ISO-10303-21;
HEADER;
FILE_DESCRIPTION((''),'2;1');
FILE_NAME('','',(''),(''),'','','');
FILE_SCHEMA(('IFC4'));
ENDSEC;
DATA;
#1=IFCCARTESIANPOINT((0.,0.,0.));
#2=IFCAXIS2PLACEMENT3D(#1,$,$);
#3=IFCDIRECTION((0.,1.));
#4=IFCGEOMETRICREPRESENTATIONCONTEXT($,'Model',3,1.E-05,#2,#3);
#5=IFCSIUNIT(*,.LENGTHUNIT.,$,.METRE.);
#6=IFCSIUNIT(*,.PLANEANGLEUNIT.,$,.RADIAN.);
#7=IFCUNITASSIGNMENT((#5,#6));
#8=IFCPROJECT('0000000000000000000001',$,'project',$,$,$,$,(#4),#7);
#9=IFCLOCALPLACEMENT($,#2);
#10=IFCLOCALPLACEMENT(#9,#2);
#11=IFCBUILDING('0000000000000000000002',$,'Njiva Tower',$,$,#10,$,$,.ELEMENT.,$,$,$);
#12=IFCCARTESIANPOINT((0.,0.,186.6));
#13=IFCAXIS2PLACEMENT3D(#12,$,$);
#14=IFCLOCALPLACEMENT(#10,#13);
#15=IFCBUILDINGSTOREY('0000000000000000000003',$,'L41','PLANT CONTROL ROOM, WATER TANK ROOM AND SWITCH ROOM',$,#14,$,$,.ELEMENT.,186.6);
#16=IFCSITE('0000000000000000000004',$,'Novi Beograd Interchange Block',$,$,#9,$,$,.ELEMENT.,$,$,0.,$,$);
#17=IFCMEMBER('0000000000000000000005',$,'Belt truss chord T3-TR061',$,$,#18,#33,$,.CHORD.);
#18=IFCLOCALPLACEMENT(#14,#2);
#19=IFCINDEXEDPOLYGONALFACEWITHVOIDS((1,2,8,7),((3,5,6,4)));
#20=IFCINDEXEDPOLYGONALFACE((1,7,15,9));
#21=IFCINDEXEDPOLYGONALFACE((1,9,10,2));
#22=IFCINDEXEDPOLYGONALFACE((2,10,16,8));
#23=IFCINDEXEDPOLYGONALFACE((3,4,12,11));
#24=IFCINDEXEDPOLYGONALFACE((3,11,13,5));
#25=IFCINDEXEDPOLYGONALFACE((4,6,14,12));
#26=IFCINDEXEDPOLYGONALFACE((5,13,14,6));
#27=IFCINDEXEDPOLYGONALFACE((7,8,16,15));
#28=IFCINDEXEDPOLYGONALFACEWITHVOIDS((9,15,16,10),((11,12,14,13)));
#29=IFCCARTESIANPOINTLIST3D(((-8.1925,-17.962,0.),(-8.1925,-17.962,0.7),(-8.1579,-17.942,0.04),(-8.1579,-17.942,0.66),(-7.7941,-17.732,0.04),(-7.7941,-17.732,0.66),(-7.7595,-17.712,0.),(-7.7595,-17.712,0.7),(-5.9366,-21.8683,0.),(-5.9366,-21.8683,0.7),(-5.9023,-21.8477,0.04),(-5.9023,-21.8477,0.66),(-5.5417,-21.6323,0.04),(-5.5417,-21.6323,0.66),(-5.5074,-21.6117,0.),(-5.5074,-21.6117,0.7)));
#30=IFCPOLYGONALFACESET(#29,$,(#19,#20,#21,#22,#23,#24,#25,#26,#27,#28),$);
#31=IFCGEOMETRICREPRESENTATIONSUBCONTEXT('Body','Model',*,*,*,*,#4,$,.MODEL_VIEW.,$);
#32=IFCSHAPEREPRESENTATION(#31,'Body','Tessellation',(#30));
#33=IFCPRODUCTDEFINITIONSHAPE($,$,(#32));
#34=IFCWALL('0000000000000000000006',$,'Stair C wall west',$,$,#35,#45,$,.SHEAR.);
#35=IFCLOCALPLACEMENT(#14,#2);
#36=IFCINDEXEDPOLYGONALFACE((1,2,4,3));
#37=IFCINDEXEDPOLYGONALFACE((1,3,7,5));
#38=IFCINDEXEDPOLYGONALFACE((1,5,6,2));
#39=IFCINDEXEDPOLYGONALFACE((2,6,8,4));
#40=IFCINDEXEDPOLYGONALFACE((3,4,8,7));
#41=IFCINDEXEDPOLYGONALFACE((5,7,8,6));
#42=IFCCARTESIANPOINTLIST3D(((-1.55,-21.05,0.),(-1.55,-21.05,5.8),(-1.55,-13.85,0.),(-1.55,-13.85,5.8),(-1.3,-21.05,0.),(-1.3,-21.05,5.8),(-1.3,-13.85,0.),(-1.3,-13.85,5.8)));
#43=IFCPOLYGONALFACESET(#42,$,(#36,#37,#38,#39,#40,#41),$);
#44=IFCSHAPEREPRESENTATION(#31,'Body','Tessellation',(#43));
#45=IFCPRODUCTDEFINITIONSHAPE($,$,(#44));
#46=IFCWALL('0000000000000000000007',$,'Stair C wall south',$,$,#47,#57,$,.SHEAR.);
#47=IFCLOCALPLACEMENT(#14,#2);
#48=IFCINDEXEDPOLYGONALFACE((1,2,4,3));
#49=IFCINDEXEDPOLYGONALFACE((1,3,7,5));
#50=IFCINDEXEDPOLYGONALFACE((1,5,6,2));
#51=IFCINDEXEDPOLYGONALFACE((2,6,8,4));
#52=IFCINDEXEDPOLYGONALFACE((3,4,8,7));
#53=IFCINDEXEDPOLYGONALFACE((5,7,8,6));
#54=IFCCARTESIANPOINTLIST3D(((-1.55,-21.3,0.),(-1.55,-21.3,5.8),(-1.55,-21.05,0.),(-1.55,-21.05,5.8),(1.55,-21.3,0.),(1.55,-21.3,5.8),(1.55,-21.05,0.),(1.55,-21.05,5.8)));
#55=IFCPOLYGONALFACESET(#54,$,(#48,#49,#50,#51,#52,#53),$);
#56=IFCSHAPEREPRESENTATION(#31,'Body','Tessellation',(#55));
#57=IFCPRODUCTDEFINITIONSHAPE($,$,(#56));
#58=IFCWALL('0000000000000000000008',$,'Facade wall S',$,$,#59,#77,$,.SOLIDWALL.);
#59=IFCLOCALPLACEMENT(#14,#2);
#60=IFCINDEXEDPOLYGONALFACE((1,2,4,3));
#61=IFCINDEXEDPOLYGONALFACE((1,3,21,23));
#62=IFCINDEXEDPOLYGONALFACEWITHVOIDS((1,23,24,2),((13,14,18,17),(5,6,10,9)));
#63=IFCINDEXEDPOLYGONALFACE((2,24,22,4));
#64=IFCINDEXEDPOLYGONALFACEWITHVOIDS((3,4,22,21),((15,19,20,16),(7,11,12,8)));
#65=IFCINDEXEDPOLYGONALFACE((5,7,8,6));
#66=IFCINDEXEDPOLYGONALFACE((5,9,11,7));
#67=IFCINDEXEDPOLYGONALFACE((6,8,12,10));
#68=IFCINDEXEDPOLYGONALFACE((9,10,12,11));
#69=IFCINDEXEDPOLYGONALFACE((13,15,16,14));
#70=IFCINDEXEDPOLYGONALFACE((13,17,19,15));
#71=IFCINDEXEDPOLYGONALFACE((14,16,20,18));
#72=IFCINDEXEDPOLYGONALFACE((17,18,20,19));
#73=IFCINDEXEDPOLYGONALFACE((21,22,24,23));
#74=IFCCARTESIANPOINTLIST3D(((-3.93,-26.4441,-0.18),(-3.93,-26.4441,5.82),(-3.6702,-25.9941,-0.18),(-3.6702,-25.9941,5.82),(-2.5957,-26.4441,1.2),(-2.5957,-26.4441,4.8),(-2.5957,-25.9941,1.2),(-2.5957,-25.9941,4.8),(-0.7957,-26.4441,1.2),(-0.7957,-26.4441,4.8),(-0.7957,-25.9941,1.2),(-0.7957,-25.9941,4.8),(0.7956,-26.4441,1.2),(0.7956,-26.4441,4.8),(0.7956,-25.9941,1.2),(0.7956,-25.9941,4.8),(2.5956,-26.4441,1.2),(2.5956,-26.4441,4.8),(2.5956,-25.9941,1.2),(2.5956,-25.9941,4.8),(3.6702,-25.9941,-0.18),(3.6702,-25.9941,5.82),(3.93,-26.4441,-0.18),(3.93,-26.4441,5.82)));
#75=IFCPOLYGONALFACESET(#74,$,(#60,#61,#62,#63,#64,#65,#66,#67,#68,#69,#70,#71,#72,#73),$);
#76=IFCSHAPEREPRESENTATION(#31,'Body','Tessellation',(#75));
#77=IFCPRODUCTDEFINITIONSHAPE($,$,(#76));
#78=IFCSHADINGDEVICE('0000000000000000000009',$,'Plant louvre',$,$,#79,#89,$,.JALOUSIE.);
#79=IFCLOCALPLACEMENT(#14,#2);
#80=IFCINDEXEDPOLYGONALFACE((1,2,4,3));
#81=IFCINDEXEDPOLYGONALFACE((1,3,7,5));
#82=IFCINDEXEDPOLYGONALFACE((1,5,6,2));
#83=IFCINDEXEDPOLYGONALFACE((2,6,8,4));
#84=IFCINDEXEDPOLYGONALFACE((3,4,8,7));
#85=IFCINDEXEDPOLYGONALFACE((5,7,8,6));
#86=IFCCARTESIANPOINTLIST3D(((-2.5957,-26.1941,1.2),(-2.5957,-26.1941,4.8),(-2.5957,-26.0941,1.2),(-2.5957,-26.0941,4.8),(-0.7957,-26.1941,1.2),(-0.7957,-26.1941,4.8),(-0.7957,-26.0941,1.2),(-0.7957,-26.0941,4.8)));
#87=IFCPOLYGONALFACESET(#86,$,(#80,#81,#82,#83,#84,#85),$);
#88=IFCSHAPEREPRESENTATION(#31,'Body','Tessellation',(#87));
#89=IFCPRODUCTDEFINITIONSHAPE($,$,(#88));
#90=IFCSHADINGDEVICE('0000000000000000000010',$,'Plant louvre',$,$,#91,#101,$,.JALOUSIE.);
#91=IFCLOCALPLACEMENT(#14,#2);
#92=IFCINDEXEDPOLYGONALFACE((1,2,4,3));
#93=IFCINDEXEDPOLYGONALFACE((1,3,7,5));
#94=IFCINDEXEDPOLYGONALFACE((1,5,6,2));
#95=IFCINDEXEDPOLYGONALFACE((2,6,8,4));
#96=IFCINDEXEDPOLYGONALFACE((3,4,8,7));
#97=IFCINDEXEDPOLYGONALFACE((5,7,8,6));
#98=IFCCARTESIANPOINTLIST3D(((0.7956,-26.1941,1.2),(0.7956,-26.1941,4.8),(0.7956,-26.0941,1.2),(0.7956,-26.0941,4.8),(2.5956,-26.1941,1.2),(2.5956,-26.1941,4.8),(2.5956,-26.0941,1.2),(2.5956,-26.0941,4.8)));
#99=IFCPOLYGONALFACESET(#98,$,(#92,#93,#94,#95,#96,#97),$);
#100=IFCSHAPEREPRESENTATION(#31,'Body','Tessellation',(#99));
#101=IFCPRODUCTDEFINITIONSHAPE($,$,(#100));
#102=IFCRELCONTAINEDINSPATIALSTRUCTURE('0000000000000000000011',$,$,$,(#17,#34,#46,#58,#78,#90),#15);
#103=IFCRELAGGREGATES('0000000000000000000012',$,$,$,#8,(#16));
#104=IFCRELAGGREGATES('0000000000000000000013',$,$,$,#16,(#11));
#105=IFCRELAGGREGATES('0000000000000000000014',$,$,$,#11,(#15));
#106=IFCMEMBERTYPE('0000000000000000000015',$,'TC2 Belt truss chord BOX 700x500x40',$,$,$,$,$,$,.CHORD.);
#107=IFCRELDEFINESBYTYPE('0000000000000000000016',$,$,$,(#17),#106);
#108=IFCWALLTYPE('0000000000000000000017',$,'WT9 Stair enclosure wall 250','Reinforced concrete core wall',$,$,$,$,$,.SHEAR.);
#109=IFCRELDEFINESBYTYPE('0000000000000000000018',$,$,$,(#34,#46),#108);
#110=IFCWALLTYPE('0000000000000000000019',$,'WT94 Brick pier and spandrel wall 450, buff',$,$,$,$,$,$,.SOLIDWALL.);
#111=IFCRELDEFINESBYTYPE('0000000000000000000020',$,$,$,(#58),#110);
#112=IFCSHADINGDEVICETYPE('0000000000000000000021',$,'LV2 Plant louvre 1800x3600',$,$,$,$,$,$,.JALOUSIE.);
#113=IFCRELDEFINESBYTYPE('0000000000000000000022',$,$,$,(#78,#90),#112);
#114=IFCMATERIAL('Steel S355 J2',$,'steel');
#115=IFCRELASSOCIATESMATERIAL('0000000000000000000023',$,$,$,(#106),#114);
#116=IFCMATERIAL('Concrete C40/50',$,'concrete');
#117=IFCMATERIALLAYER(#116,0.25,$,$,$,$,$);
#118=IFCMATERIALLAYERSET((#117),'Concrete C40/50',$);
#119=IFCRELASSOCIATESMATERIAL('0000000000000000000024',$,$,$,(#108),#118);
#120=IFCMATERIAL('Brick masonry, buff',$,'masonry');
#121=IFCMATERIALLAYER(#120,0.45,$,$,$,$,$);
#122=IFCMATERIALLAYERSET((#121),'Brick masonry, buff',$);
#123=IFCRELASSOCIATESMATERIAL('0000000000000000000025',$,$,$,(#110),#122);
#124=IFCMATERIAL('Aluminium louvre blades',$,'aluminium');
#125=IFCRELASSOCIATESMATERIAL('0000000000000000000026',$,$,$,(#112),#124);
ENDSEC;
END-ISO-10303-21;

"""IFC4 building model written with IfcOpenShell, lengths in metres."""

from ifc_helpers import new_model, si_unit, direction, frame, frame_2d, origin, origin_2d, place, context, subcontext, project, spatial, polyline, rectangle, hollow_rectangle, outline, extrude, clip, halfspace, material, layer, layer_set, material_profile, profile_set, type_object, element, fill, save


model = new_model("IFC4")

# Units and contexts
model_context = context("Model", 3, precision=1e-05, world=origin(), true_north=direction((0.0, 1.0)))
body_context = subcontext(model_context, "Body", "Model", "MODEL_VIEW")
ifc_project = project(units=[si_unit("LENGTHUNIT", "METRE"), si_unit("PLANEANGLEUNIT", "RADIAN")], contexts=[model_context])

# Site, building, storey
site_placement = place(None, origin())
site = spatial("IfcSite", under=ifc_project, at=site_placement, Name="Novi Beograd Interchange Block", CompositionType="ELEMENT", RefElevation=0.0)
building_placement = place(site_placement, origin())
building = spatial("IfcBuilding", under=site, at=building_placement, Name="Njiva Tower", CompositionType="ELEMENT")
storey_placement = place(building_placement, frame((0.0, 0.0, 186.6)))
storey = spatial("IfcBuildingStorey", under=building, at=storey_placement, Name="L41", Description="PLANT CONTROL ROOM, WATER TANK ROOM AND SWITCH ROOM", CompositionType="ELEMENT", Elevation=186.6)

# Shared definitions
ifc_material_1 = material(Name="Steel S355 J2", Category="steel")

# Member
ifc_material_profile_1 = material_profile(ifc_material_1, hollow_rectangle(XDim=0.5, YDim=0.7, WallThickness=0.04, at=origin_2d()), Name="BOX 700x500x40")
ifc_profile_set_1 = profile_set([ifc_material_profile_1], Name="Steel S355 J2")
member_type_1 = type_object("IfcMemberType", Name="TC2 Belt truss chord BOX 700x500x40", PredefinedType="CHORD", material=ifc_profile_set_1)
member_1_placement = place(storey_placement, frame((-7.976, -17.837, 0.35), z_axis=(0.5001, -0.865968, 0.0), x_axis=(0.865968, 0.5001, 0.0)))
element("IfcMember", 1, at=member_1_placement, inside=storey, type_object=member_type_1, Name="Belt truss chord T3-TR061", PredefinedType="CHORD", context=body_context, shape_type="Clipping", body=[
    clip(extrude(hollow_rectangle(XDim=0.5, YDim=0.7, WallThickness=0.04, at=origin_2d()), origin(), (0.0, 0.0, 1.0), 4.5411), halfspace(frame((0.0, -186.95, 4.5071), z_axis=(0.014969, 0.0, 0.999888), x_axis=(0.0, 1.0, 0.0)), False)),
])

# Walls
ifc_material_2 = material(Name="Concrete C40/50", Category="concrete")
ifc_layer_1 = layer(ifc_material_2, 0.25)
ifc_layer_set_1 = layer_set([ifc_layer_1], Name="Concrete C40/50")
wall_type_1 = type_object("IfcWallType", Name="WT9 Stair enclosure wall 250", Description="Reinforced concrete core wall", PredefinedType="SHEAR", material=ifc_layer_set_1)
wall_1_placement = place(storey_placement, frame((-1.425, -21.05, 0.0), z_axis=(0.0, 0.0, 1.0), x_axis=(0.0, 1.0, 0.0)))
element("IfcWall", 2, at=wall_1_placement, inside=storey, type_object=wall_type_1, Name="Stair C wall west", PredefinedType="SHEAR", context=body_context, shape_type="SweptSolid", body=[
    extrude(rectangle(XDim=7.2, YDim=0.25, at=frame_2d((3.6, 0.0))), origin(), (0.0, 0.0, 1.0), 5.8),
])
wall_2_placement = place(storey_placement, frame((-1.55, -21.175, 0.0), z_axis=(0.0, 0.0, 1.0), x_axis=(1.0, 0.0, 0.0)))
element("IfcWall", 3, at=wall_2_placement, inside=storey, type_object=wall_type_1, Name="Stair C wall south", PredefinedType="SHEAR", context=body_context, shape_type="SweptSolid", body=[
    extrude(rectangle(XDim=3.1, YDim=0.25, at=frame_2d((1.55, 0.0))), origin(), (0.0, 0.0, 1.0), 5.8),
])

# Wall, openings, shading devices
ifc_material_3 = material(Name="Brick masonry, buff", Category="masonry")
ifc_layer_2 = layer(ifc_material_3, 0.45)
ifc_layer_set_2 = layer_set([ifc_layer_2], Name="Brick masonry, buff")
wall_type_2 = type_object("IfcWallType", Name="WT94 Brick pier and spandrel wall 450, buff", PredefinedType="SOLIDWALL", material=ifc_layer_set_2)
wall_3_placement = place(storey_placement, frame((-3.8001, -26.2191, -0.18), z_axis=(0.0, 0.0, 1.0), x_axis=(1.0, 0.0, 0.0)))
wall_3 = element("IfcWall", 4, at=wall_3_placement, inside=storey, type_object=wall_type_2, Name="Facade wall S", PredefinedType="SOLIDWALL", context=body_context, shape_type="SweptSolid", body=[
    extrude(outline(polyline([(-0.1299, -0.225), (7.7301, -0.225), (7.4703, 0.225), (0.1299, 0.225), (-0.1299, -0.225)])), origin(), (0.0, 0.0, 1.0), 6.0),
])
opening_1_placement = place(wall_3_placement, frame((1.2044, 0.0, 1.38)))
opening_1 = element("IfcOpeningElement", 5, at=opening_1_placement, cuts=wall_3, PredefinedType="OPENING", context=body_context, shape_type="SweptSolid", body=[
    extrude(rectangle(XDim=1.8, YDim=3.6, at=frame_2d((0.9, 1.8))), frame((0.0, 0.235, 0.0), z_axis=(0.0, -1.0, 0.0), x_axis=(1.0, 0.0, 0.0)), (0.0, 0.0, 1.0), 0.47),
])
opening_2_placement = place(wall_3_placement, frame((4.5957, 0.0, 1.38)))
opening_2 = element("IfcOpeningElement", 6, at=opening_2_placement, cuts=wall_3, PredefinedType="OPENING", context=body_context, shape_type="SweptSolid", body=[
    extrude(rectangle(XDim=1.8, YDim=3.6, at=frame_2d((0.9, 1.8))), frame((0.0, 0.235, 0.0), z_axis=(0.0, -1.0, 0.0), x_axis=(1.0, 0.0, 0.0)), (0.0, 0.0, 1.0), 0.47),
])
ifc_material_4 = material(Name="Aluminium louvre blades", Category="aluminium")
shading_device_type = type_object("IfcShadingDeviceType", Name="LV2 Plant louvre 1800x3600", PredefinedType="JALOUSIE", material=ifc_material_4)
shading_device_1_placement = place(opening_1_placement, origin())
shading_device_1 = element("IfcShadingDevice", 7, at=shading_device_1_placement, inside=storey, type_object=shading_device_type, Name="Plant louvre", PredefinedType="JALOUSIE", context=body_context, shape_type="SweptSolid", body=[
    extrude(rectangle(XDim=1.8, YDim=3.6, at=frame_2d((0.9, 1.8))), frame((0.0, 0.125, 0.0), z_axis=(0.0, -1.0, 0.0), x_axis=(1.0, 0.0, 0.0)), (0.0, 0.0, 1.0), 0.1),
])
fill(opening_1, shading_device_1)
shading_device_2_placement = place(opening_2_placement, origin())
shading_device_2 = element("IfcShadingDevice", 8, at=shading_device_2_placement, inside=storey, type_object=shading_device_type, Name="Plant louvre", PredefinedType="JALOUSIE", context=body_context, shape_type="SweptSolid", body=[
    extrude(rectangle(XDim=1.8, YDim=3.6, at=frame_2d((0.9, 1.8))), frame((0.0, 0.125, 0.0), z_axis=(0.0, -1.0, 0.0), x_axis=(1.0, 0.0, 0.0)), (0.0, 0.0, 1.0), 0.1),
])
fill(opening_2, shading_device_2)

save(model, "model.ifc")
